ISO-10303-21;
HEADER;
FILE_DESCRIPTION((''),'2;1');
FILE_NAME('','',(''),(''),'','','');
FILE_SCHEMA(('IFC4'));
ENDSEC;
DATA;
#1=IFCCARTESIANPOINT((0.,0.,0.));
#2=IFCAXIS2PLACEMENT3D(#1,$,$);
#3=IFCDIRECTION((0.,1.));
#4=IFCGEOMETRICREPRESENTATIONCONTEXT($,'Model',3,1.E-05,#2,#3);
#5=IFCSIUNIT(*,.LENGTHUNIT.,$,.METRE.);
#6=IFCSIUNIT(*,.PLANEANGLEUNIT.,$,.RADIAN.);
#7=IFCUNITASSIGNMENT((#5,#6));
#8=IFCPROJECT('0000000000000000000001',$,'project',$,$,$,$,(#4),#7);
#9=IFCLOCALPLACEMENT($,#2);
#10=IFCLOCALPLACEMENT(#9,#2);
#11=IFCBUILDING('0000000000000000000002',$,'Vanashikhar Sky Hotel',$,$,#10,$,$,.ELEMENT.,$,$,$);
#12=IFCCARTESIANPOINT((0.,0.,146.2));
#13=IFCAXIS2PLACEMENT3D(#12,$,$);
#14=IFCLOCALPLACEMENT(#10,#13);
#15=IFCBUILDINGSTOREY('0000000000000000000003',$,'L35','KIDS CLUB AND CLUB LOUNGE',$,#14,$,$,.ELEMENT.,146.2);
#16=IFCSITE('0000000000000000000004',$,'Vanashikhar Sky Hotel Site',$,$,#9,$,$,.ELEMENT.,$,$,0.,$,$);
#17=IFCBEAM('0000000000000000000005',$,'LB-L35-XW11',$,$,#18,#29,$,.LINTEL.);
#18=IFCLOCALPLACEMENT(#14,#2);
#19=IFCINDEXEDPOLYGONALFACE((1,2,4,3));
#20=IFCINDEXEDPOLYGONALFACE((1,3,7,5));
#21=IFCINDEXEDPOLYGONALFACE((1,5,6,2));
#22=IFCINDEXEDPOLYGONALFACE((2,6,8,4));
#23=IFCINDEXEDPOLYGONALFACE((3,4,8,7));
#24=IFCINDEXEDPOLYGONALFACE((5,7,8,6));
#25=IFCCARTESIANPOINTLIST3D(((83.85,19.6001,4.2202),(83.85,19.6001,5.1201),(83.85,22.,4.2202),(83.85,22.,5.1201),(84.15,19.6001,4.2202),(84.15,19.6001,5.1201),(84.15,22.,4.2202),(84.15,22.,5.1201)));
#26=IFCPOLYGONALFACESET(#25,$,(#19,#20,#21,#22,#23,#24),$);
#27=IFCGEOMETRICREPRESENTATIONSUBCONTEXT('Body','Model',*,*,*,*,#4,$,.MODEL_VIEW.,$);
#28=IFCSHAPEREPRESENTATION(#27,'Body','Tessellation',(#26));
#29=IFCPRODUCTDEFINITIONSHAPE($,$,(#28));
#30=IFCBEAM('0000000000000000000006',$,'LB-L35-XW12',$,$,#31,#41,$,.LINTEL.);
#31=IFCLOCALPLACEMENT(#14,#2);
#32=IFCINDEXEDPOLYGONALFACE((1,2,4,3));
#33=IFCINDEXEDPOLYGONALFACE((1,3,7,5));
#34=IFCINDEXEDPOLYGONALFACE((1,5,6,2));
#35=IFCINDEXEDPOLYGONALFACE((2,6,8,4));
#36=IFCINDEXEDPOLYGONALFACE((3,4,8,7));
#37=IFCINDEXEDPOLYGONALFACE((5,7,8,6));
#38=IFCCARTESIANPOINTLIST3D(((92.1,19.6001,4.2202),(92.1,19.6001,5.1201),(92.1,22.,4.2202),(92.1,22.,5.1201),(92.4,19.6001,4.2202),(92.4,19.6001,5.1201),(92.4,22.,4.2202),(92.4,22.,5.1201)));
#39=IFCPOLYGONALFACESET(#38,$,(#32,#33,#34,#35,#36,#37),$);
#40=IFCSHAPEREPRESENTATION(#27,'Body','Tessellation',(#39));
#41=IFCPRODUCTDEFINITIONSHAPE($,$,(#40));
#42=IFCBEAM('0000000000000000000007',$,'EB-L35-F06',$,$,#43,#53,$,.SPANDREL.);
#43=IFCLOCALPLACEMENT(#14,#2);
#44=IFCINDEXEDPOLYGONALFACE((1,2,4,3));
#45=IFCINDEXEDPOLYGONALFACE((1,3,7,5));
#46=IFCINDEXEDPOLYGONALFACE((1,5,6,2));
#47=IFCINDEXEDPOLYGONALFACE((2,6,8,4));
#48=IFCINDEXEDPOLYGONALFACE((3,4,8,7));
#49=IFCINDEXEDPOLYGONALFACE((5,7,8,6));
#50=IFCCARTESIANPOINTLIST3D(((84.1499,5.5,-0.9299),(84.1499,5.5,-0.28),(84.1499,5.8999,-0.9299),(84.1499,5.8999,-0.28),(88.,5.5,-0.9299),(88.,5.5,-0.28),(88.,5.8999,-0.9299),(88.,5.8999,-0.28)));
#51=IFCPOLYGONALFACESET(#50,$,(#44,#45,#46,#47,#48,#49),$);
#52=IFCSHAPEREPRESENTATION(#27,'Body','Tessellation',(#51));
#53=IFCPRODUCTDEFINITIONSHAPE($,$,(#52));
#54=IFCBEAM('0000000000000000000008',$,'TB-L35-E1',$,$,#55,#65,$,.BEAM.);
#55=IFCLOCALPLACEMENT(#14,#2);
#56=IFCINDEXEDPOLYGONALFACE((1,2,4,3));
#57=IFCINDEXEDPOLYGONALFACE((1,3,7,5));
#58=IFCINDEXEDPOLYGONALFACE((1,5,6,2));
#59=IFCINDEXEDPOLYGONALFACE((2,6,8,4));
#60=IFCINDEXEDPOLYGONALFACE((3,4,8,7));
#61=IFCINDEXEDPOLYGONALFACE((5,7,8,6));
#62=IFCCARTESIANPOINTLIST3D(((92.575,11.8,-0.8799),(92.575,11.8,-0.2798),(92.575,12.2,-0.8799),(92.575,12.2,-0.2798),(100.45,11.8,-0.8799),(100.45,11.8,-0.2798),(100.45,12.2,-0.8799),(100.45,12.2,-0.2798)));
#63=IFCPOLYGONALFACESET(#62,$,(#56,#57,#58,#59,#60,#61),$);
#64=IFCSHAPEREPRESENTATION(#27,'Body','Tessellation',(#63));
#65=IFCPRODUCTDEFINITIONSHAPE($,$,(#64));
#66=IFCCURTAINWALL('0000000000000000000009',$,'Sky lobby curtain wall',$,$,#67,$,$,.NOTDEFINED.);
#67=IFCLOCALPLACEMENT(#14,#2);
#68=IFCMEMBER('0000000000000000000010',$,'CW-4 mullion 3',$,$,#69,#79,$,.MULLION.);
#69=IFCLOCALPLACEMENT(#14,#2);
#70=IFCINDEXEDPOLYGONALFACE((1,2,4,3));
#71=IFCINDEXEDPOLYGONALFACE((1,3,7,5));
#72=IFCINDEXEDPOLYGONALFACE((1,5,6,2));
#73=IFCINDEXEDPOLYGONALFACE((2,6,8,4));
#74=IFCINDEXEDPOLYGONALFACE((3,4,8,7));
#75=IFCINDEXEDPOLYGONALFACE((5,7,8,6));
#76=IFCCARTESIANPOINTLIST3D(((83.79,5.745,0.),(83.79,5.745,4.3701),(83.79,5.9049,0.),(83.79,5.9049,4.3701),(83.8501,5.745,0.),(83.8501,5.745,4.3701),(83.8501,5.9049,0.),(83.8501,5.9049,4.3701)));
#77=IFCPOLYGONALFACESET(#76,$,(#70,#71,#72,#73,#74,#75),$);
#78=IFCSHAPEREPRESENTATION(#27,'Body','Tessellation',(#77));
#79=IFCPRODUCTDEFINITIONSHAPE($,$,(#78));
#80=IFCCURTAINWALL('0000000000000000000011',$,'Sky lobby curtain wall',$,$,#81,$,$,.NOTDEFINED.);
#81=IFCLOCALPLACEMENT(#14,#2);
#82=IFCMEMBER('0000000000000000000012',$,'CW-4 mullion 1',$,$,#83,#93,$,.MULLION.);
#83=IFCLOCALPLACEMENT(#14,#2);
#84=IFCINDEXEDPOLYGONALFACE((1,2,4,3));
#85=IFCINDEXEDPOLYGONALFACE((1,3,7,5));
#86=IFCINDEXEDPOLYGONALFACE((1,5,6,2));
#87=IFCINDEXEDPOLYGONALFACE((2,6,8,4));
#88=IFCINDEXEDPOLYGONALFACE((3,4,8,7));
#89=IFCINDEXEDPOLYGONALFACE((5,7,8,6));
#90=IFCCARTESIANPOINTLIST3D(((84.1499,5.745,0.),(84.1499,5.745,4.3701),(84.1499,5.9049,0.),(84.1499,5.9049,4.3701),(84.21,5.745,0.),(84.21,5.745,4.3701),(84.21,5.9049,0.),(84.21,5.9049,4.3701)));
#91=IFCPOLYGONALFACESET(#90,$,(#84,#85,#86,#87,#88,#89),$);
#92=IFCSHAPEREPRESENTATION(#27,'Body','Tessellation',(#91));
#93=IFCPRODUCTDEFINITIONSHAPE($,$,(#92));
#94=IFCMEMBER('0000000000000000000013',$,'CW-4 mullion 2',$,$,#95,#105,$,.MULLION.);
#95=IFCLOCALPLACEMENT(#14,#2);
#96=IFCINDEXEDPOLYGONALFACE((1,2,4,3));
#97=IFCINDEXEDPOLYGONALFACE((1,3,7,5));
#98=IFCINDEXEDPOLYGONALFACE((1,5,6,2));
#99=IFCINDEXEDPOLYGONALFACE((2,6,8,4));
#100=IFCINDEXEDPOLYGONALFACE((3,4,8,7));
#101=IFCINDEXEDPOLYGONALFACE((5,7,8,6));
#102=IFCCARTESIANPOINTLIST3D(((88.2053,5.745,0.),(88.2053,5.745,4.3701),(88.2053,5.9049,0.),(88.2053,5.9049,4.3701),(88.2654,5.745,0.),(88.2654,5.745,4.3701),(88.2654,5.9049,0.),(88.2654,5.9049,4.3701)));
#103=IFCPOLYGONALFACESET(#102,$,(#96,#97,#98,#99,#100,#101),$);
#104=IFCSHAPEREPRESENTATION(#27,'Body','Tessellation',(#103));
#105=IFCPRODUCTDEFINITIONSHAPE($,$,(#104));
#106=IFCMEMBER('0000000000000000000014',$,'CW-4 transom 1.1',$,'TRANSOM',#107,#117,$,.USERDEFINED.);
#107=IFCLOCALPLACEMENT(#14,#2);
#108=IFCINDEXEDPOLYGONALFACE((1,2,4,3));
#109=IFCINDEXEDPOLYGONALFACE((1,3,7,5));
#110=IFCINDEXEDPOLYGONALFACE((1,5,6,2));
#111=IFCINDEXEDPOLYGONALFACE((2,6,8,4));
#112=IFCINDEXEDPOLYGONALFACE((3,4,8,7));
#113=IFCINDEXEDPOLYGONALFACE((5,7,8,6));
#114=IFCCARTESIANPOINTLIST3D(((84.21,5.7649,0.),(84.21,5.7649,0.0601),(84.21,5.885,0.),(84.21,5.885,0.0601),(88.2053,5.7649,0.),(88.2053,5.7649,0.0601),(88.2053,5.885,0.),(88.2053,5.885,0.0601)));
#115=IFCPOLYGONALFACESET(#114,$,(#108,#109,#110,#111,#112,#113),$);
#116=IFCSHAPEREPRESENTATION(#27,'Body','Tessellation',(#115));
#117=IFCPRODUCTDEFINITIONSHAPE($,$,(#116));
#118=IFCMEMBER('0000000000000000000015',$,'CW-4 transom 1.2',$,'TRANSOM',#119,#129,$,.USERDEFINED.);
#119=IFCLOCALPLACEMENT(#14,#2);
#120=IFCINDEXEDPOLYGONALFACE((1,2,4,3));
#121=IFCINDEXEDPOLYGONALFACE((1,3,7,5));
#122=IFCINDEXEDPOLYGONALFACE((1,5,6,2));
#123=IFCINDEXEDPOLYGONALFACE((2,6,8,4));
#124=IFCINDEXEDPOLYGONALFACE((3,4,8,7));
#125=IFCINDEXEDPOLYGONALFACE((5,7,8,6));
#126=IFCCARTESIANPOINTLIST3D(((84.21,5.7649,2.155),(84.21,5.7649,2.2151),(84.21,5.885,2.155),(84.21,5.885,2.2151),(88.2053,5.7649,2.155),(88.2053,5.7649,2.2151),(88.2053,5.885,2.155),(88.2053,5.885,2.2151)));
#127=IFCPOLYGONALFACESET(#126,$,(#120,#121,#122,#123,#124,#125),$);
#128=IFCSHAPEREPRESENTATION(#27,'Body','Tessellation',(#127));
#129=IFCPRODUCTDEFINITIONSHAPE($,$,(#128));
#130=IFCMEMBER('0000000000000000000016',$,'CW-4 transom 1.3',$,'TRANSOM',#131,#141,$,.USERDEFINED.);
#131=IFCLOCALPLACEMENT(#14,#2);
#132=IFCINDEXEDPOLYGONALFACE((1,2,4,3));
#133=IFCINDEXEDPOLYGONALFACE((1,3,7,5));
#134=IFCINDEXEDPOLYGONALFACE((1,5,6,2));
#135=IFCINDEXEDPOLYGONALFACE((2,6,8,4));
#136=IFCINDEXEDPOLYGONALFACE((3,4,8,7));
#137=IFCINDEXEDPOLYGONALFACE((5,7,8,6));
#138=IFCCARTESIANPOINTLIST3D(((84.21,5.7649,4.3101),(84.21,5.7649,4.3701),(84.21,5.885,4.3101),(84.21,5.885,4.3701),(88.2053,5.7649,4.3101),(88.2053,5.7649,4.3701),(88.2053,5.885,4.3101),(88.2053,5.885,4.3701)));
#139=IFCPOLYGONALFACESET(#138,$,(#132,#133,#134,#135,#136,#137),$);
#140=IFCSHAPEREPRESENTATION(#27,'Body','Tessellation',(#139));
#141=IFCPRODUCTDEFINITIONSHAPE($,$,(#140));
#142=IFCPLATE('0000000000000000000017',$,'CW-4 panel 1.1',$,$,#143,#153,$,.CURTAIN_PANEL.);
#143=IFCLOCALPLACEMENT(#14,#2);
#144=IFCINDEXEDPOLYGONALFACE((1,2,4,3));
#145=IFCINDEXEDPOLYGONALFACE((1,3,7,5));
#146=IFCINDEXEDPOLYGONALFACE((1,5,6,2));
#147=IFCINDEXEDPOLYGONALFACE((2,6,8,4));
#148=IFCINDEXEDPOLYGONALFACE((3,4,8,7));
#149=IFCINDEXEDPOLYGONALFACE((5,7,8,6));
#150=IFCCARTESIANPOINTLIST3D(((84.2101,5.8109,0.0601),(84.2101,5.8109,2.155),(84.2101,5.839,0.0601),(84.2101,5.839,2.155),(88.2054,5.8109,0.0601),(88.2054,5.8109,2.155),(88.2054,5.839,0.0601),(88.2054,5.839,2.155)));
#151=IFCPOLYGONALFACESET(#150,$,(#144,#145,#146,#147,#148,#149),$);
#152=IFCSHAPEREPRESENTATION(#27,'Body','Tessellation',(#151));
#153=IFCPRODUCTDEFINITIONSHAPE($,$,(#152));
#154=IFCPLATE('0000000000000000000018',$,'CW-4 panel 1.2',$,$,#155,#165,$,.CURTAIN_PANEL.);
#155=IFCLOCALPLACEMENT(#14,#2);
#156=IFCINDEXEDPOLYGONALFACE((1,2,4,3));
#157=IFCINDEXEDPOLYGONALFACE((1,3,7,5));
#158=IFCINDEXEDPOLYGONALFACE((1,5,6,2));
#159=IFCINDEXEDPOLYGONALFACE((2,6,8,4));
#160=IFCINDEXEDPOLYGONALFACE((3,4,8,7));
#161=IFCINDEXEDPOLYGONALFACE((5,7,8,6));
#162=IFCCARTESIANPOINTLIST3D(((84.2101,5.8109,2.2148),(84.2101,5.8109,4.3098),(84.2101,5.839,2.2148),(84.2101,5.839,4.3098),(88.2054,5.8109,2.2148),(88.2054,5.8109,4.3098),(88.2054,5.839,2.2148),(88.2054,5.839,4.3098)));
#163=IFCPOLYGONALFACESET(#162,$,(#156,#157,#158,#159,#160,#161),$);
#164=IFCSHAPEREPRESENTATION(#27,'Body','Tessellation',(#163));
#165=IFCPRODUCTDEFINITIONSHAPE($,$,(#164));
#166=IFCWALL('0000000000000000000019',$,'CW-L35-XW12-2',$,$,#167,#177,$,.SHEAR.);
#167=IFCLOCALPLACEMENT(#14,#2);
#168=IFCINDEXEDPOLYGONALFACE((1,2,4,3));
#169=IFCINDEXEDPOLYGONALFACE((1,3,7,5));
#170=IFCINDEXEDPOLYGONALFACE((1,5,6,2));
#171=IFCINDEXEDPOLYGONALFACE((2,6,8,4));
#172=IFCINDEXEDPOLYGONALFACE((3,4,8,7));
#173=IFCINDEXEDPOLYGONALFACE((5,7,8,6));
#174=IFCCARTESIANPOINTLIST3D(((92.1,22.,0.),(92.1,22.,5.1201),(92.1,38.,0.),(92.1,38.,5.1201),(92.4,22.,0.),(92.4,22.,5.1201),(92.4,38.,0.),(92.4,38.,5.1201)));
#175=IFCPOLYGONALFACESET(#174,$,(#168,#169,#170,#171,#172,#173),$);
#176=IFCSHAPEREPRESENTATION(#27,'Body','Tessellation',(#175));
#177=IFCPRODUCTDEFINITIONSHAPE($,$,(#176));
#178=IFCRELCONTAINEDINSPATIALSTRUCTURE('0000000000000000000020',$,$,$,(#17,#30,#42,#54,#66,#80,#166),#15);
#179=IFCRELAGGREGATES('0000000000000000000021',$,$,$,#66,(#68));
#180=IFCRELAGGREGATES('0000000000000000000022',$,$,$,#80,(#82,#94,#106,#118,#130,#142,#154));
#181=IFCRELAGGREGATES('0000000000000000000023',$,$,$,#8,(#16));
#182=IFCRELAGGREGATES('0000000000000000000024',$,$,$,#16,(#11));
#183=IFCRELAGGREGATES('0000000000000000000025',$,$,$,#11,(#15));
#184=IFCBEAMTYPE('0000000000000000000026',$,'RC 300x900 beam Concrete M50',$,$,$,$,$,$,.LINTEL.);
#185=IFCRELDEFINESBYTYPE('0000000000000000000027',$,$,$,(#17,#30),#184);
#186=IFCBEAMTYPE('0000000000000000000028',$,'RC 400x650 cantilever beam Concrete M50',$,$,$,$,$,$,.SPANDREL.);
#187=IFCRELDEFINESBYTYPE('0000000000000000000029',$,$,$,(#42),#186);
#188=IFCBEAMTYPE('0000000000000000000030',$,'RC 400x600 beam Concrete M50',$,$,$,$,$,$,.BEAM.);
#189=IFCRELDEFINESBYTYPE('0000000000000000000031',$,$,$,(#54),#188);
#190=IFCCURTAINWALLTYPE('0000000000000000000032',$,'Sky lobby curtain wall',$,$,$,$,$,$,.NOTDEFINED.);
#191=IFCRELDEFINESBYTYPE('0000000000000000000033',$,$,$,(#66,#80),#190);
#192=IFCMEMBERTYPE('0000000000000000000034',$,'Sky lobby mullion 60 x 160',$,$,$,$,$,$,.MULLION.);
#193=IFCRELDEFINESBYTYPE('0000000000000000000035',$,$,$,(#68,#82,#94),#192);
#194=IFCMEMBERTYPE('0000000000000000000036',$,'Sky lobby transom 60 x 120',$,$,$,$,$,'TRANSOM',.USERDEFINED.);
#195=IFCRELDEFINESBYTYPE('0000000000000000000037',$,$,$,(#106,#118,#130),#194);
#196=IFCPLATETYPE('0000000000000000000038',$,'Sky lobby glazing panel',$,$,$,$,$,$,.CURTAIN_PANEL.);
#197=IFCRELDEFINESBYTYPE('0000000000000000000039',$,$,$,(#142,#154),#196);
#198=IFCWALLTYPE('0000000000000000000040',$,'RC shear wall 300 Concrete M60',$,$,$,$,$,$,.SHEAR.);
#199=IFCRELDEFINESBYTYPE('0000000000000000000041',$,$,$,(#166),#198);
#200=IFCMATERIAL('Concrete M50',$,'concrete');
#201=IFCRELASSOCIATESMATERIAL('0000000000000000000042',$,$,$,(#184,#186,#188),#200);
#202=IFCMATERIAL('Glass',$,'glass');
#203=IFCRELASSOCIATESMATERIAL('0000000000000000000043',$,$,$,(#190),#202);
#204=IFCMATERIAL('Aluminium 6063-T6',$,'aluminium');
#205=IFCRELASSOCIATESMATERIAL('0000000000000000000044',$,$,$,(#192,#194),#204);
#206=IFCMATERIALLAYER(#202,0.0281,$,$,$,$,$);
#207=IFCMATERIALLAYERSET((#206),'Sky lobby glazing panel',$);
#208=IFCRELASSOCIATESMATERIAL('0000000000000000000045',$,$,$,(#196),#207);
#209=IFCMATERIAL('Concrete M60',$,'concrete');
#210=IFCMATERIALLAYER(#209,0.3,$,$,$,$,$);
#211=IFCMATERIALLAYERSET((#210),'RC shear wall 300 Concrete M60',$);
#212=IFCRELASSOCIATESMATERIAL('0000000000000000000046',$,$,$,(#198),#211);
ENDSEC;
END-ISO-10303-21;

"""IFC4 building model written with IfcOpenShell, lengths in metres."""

from ifc_helpers import new_model, si_unit, direction, frame, frame_2d, origin, origin_2d, place, context, subcontext, project, spatial, rectangle, extrude, source, transform, mapped, material, layer, layer_set, material_profile, profile_set, type_object, element, aggregate, save


model = new_model("IFC4")

# Units and contexts
model_context = context("Model", 3, precision=1e-05, world=origin(), true_north=direction((0.0, 1.0)))
body_context = subcontext(model_context, "Body", "Model", "MODEL_VIEW")
ifc_project = project(units=[si_unit("LENGTHUNIT", "METRE"), si_unit("PLANEANGLEUNIT", "RADIAN")], contexts=[model_context])

# Site, building, storey
site_placement = place(None, origin())
site = spatial("IfcSite", under=ifc_project, at=site_placement, Name="Vanashikhar Sky Hotel Site", CompositionType="ELEMENT", RefElevation=0.0)
building_placement = place(site_placement, origin())
building = spatial("IfcBuilding", under=site, at=building_placement, Name="Vanashikhar Sky Hotel", CompositionType="ELEMENT")
storey_placement = place(building_placement, frame((0.0, 0.0, 146.2)))
storey = spatial("IfcBuildingStorey", under=building, at=storey_placement, Name="L35", Description="KIDS CLUB AND CLUB LOUNGE", CompositionType="ELEMENT", Elevation=146.2)

# Beams
ifc_material_1 = material(Name="Concrete M50", Category="concrete")
ifc_material_profile_1 = material_profile(ifc_material_1, rectangle(XDim=0.3, YDim=0.8999, at=origin_2d()))
ifc_profile_set_1 = profile_set([ifc_material_profile_1], Name="RC 300x900 beam Concrete M50")
beam_type_1 = type_object("IfcBeamType", Name="RC 300x900 beam Concrete M50", PredefinedType="LINTEL", material=ifc_profile_set_1)
shared_shape_1 = source(origin(), body_context, "Body", "SweptSolid", [
    extrude(rectangle(XDim=0.3, YDim=0.8999, at=origin_2d()), origin(), (0.0, 0.0, 1.0), 2.3999),
])
for number, where, z_axis, x_axis, name in (
    (1, (84.0, 19.6001, 4.6702), (0.0, 1.0, 0.0), (-1.0, 0.0, 0.0), "LB-L35-XW11"),
    (2, (92.25, 19.6001, 4.6702), (0.0, 1.0, 0.0), (-1.0, 0.0, 0.0), "LB-L35-XW12"),
):
    element("IfcBeam", number, at=place(storey_placement, frame(where, z_axis=z_axis, x_axis=x_axis)), inside=storey, type_object=beam_type_1, Name=name, PredefinedType="LINTEL", context=body_context, shape_type="MappedRepresentation", body=[
        mapped(shared_shape_1, transform((0.0, 0.0, 0.0), scale=1.0)),
    ])
ifc_material_profile_2 = material_profile(ifc_material_1, rectangle(XDim=0.3999, YDim=0.6499, at=origin_2d()))
ifc_profile_set_2 = profile_set([ifc_material_profile_2], Name="RC 400x650 cantilever beam Concrete M50")
beam_type_2 = type_object("IfcBeamType", Name="RC 400x650 cantilever beam Concrete M50", PredefinedType="SPANDREL", material=ifc_profile_set_2)
shared_shape_2 = source(origin(), body_context, "Body", "SweptSolid", [
    extrude(rectangle(XDim=0.3999, YDim=0.6499, at=origin_2d()), origin(), (0.0, 0.0, 1.0), 3.8501),
])
beam_1_placement = place(storey_placement, frame((84.1499, 5.7, -0.605), z_axis=(1.0, 0.0, 0.0), x_axis=(0.0, 1.0, 0.0)))
element("IfcBeam", 3, at=beam_1_placement, inside=storey, type_object=beam_type_2, Name="EB-L35-F06", PredefinedType="SPANDREL", context=body_context, shape_type="MappedRepresentation", body=[
    mapped(shared_shape_2, transform((0.0, 0.0, 0.0), scale=1.0)),
])
ifc_material_profile_3 = material_profile(ifc_material_1, rectangle(XDim=0.3999, YDim=0.6001, at=origin_2d()))
ifc_profile_set_3 = profile_set([ifc_material_profile_3], Name="RC 400x600 beam Concrete M50")
beam_type_3 = type_object("IfcBeamType", Name="RC 400x600 beam Concrete M50", PredefinedType="BEAM", material=ifc_profile_set_3)
shared_shape_3 = source(origin(), body_context, "Body", "SweptSolid", [
    extrude(rectangle(XDim=0.3999, YDim=0.6001, at=origin_2d()), origin(), (0.0, 0.0, 1.0), 7.875),
])
beam_2_placement = place(storey_placement, frame((92.575, 12.0, -0.5798), z_axis=(1.0, 0.0, 0.0), x_axis=(0.0, 1.0, 0.0)))
element("IfcBeam", 4, at=beam_2_placement, inside=storey, type_object=beam_type_3, Name="TB-L35-E1", PredefinedType="BEAM", context=body_context, shape_type="MappedRepresentation", body=[
    mapped(shared_shape_3, transform((0.0, 0.0, 0.0), scale=1.0)),
])

# Curtain wall, member
ifc_material_2 = material(Name="Glass", Category="glass")
curtain_wall_type = type_object("IfcCurtainWallType", Name="Sky lobby curtain wall", PredefinedType="NOTDEFINED", material=ifc_material_2)
curtain_wall_1_placement = place(storey_placement, origin())
curtain_wall_1 = element("IfcCurtainWall", 5, at=curtain_wall_1_placement, inside=storey, type_object=curtain_wall_type, Name="Sky lobby curtain wall", PredefinedType="NOTDEFINED")
ifc_material_3 = material(Name="Aluminium 6063-T6", Category="aluminium")
ifc_material_profile_4 = material_profile(ifc_material_3, rectangle(XDim=0.1599, YDim=0.0601, at=origin_2d()))
ifc_profile_set_4 = profile_set([ifc_material_profile_4], Name="Aluminium 6063-T6")
member_type_1 = type_object("IfcMemberType", Name="Sky lobby mullion 60 x 160", PredefinedType="MULLION", material=ifc_profile_set_4)
shared_shape_4 = source(origin(), body_context, "Body", "SweptSolid", [
    extrude(rectangle(XDim=0.1599, YDim=0.0601, at=origin_2d()), origin(), (0.0, 0.0, 1.0), 4.3701),
])
member_1_placement = place(storey_placement, frame((83.8201, 5.825, 0.0), z_axis=(0.0, 0.0, 1.0), x_axis=(0.0, 1.0, 0.0)))
member_1 = element("IfcMember", 6, at=member_1_placement, type_object=member_type_1, Name="CW-4 mullion 3", PredefinedType="MULLION", context=body_context, shape_type="MappedRepresentation", body=[
    mapped(shared_shape_4, transform((0.0, 0.0, 0.0), scale=1.0)),
])
aggregate(curtain_wall_1, [member_1])

# Curtain wall, members, plates
curtain_wall_2_placement = place(storey_placement, origin())
curtain_wall_2 = element("IfcCurtainWall", 7, at=curtain_wall_2_placement, inside=storey, type_object=curtain_wall_type, Name="Sky lobby curtain wall", PredefinedType="NOTDEFINED")
member_2_placement = place(storey_placement, frame((84.1799, 5.825, 0.0), z_axis=(0.0, 0.0, 1.0), x_axis=(0.0, 1.0, 0.0)))
member_2 = element("IfcMember", 8, at=member_2_placement, type_object=member_type_1, Name="CW-4 mullion 1", PredefinedType="MULLION", context=body_context, shape_type="MappedRepresentation", body=[
    mapped(shared_shape_4, transform((0.0, 0.0, 0.0), scale=1.0)),
])
member_3_placement = place(storey_placement, frame((88.2354, 5.825, 0.0), z_axis=(0.0, 0.0, 1.0), x_axis=(0.0, 1.0, 0.0)))
member_3 = element("IfcMember", 9, at=member_3_placement, type_object=member_type_1, Name="CW-4 mullion 2", PredefinedType="MULLION", context=body_context, shape_type="MappedRepresentation", body=[
    mapped(shared_shape_4, transform((0.0, 0.0, 0.0), scale=1.0)),
])
ifc_material_profile_5 = material_profile(ifc_material_3, rectangle(XDim=0.1201, YDim=0.0601, at=origin_2d()))
ifc_profile_set_5 = profile_set([ifc_material_profile_5], Name="Aluminium 6063-T6")
member_type_2 = type_object("IfcMemberType", Name="Sky lobby transom 60 x 120", ElementType="TRANSOM", PredefinedType="USERDEFINED", material=ifc_profile_set_5)
shared_shape_5 = source(origin(), body_context, "Body", "SweptSolid", [
    extrude(rectangle(XDim=0.1201, YDim=0.0601, at=origin_2d()), origin(), (0.0, 0.0, 1.0), 3.9954),
])
member_4_placement = place(storey_placement, frame((84.21, 5.825, 0.03), z_axis=(1.0, 0.0, 0.0), x_axis=(0.0, 1.0, 0.0)))
member_4 = element("IfcMember", 10, at=member_4_placement, type_object=member_type_2, Name="CW-4 transom 1.1", ObjectType="TRANSOM", PredefinedType="USERDEFINED", context=body_context, shape_type="MappedRepresentation", body=[
    mapped(shared_shape_5, transform((0.0, 0.0, 0.0), scale=1.0)),
])
member_5_placement = place(storey_placement, frame((84.21, 5.825, 2.1851), z_axis=(1.0, 0.0, 0.0), x_axis=(0.0, 1.0, 0.0)))
member_5 = element("IfcMember", 11, at=member_5_placement, type_object=member_type_2, Name="CW-4 transom 1.2", ObjectType="TRANSOM", PredefinedType="USERDEFINED", context=body_context, shape_type="MappedRepresentation", body=[
    mapped(shared_shape_5, transform((0.0, 0.0, 0.0), scale=1.0)),
])
member_6_placement = place(storey_placement, frame((84.21, 5.825, 4.3401), z_axis=(1.0, 0.0, 0.0), x_axis=(0.0, 1.0, 0.0)))
member_6 = element("IfcMember", 12, at=member_6_placement, type_object=member_type_2, Name="CW-4 transom 1.3", ObjectType="TRANSOM", PredefinedType="USERDEFINED", context=body_context, shape_type="MappedRepresentation", body=[
    mapped(shared_shape_5, transform((0.0, 0.0, 0.0), scale=1.0)),
])
ifc_layer_1 = layer(ifc_material_2, 0.0281)
ifc_layer_set_1 = layer_set([ifc_layer_1], Name="Sky lobby glazing panel")
plate_type = type_object("IfcPlateType", Name="Sky lobby glazing panel", PredefinedType="CURTAIN_PANEL", material=ifc_layer_set_1)
shared_shape_6 = source(origin(), body_context, "Body", "SweptSolid", [
    extrude(rectangle(XDim=3.9954, YDim=0.0281, at=origin_2d()), origin(), (0.0, 0.0, 1.0), 2.095),
])
plate_1_placement = place(storey_placement, frame((86.2078, 5.825, 0.0601), z_axis=(0.0, 0.0, 1.0), x_axis=(1.0, 0.0, 0.0)))
plate_1 = element("IfcPlate", 13, at=plate_1_placement, type_object=plate_type, Name="CW-4 panel 1.1", PredefinedType="CURTAIN_PANEL", context=body_context, shape_type="MappedRepresentation", body=[
    mapped(shared_shape_6, transform((0.0, 0.0, 0.0), scale=1.0)),
])
plate_2_placement = place(storey_placement, frame((86.2078, 5.825, 2.2148), z_axis=(0.0, 0.0, 1.0), x_axis=(1.0, 0.0, 0.0)))
plate_2 = element("IfcPlate", 14, at=plate_2_placement, type_object=plate_type, Name="CW-4 panel 1.2", PredefinedType="CURTAIN_PANEL", context=body_context, shape_type="MappedRepresentation", body=[
    mapped(shared_shape_6, transform((0.0, 0.0, 0.0), scale=1.0)),
])
aggregate(curtain_wall_2, [member_2, member_3, member_4, member_5, member_6, plate_1, plate_2])

# Shared definitions
ifc_material_4 = material(Name="Concrete M60", Category="concrete")
ifc_layer_2 = layer(ifc_material_4, 0.3)
ifc_layer_set_2 = layer_set([ifc_layer_2], Name="RC shear wall 300 Concrete M60")
wall_type_1 = type_object("IfcWallType", Name="RC shear wall 300 Concrete M60", PredefinedType="SHEAR", material=ifc_layer_set_2)

# Wall
shared_shape_7 = source(origin(), body_context, "Body", "SweptSolid", [
    extrude(rectangle(XDim=16.0, YDim=0.3, at=frame_2d((8.0, 0.0))), origin(), (0.0, 0.0, 1.0), 5.1201),
])
wall_1_placement = place(storey_placement, frame((92.25, 22.0, 0.0), z_axis=(0.0, 0.0, 1.0), x_axis=(0.0, 1.0, 0.0)))
element("IfcWall", 15, at=wall_1_placement, inside=storey, type_object=wall_type_1, Name="CW-L35-XW12-2", PredefinedType="SHEAR", context=body_context, shape_type="MappedRepresentation", body=[
    mapped(shared_shape_7, transform((0.0, 0.0, 0.0), scale=1.0)),
])

save(model, "model.ifc")
